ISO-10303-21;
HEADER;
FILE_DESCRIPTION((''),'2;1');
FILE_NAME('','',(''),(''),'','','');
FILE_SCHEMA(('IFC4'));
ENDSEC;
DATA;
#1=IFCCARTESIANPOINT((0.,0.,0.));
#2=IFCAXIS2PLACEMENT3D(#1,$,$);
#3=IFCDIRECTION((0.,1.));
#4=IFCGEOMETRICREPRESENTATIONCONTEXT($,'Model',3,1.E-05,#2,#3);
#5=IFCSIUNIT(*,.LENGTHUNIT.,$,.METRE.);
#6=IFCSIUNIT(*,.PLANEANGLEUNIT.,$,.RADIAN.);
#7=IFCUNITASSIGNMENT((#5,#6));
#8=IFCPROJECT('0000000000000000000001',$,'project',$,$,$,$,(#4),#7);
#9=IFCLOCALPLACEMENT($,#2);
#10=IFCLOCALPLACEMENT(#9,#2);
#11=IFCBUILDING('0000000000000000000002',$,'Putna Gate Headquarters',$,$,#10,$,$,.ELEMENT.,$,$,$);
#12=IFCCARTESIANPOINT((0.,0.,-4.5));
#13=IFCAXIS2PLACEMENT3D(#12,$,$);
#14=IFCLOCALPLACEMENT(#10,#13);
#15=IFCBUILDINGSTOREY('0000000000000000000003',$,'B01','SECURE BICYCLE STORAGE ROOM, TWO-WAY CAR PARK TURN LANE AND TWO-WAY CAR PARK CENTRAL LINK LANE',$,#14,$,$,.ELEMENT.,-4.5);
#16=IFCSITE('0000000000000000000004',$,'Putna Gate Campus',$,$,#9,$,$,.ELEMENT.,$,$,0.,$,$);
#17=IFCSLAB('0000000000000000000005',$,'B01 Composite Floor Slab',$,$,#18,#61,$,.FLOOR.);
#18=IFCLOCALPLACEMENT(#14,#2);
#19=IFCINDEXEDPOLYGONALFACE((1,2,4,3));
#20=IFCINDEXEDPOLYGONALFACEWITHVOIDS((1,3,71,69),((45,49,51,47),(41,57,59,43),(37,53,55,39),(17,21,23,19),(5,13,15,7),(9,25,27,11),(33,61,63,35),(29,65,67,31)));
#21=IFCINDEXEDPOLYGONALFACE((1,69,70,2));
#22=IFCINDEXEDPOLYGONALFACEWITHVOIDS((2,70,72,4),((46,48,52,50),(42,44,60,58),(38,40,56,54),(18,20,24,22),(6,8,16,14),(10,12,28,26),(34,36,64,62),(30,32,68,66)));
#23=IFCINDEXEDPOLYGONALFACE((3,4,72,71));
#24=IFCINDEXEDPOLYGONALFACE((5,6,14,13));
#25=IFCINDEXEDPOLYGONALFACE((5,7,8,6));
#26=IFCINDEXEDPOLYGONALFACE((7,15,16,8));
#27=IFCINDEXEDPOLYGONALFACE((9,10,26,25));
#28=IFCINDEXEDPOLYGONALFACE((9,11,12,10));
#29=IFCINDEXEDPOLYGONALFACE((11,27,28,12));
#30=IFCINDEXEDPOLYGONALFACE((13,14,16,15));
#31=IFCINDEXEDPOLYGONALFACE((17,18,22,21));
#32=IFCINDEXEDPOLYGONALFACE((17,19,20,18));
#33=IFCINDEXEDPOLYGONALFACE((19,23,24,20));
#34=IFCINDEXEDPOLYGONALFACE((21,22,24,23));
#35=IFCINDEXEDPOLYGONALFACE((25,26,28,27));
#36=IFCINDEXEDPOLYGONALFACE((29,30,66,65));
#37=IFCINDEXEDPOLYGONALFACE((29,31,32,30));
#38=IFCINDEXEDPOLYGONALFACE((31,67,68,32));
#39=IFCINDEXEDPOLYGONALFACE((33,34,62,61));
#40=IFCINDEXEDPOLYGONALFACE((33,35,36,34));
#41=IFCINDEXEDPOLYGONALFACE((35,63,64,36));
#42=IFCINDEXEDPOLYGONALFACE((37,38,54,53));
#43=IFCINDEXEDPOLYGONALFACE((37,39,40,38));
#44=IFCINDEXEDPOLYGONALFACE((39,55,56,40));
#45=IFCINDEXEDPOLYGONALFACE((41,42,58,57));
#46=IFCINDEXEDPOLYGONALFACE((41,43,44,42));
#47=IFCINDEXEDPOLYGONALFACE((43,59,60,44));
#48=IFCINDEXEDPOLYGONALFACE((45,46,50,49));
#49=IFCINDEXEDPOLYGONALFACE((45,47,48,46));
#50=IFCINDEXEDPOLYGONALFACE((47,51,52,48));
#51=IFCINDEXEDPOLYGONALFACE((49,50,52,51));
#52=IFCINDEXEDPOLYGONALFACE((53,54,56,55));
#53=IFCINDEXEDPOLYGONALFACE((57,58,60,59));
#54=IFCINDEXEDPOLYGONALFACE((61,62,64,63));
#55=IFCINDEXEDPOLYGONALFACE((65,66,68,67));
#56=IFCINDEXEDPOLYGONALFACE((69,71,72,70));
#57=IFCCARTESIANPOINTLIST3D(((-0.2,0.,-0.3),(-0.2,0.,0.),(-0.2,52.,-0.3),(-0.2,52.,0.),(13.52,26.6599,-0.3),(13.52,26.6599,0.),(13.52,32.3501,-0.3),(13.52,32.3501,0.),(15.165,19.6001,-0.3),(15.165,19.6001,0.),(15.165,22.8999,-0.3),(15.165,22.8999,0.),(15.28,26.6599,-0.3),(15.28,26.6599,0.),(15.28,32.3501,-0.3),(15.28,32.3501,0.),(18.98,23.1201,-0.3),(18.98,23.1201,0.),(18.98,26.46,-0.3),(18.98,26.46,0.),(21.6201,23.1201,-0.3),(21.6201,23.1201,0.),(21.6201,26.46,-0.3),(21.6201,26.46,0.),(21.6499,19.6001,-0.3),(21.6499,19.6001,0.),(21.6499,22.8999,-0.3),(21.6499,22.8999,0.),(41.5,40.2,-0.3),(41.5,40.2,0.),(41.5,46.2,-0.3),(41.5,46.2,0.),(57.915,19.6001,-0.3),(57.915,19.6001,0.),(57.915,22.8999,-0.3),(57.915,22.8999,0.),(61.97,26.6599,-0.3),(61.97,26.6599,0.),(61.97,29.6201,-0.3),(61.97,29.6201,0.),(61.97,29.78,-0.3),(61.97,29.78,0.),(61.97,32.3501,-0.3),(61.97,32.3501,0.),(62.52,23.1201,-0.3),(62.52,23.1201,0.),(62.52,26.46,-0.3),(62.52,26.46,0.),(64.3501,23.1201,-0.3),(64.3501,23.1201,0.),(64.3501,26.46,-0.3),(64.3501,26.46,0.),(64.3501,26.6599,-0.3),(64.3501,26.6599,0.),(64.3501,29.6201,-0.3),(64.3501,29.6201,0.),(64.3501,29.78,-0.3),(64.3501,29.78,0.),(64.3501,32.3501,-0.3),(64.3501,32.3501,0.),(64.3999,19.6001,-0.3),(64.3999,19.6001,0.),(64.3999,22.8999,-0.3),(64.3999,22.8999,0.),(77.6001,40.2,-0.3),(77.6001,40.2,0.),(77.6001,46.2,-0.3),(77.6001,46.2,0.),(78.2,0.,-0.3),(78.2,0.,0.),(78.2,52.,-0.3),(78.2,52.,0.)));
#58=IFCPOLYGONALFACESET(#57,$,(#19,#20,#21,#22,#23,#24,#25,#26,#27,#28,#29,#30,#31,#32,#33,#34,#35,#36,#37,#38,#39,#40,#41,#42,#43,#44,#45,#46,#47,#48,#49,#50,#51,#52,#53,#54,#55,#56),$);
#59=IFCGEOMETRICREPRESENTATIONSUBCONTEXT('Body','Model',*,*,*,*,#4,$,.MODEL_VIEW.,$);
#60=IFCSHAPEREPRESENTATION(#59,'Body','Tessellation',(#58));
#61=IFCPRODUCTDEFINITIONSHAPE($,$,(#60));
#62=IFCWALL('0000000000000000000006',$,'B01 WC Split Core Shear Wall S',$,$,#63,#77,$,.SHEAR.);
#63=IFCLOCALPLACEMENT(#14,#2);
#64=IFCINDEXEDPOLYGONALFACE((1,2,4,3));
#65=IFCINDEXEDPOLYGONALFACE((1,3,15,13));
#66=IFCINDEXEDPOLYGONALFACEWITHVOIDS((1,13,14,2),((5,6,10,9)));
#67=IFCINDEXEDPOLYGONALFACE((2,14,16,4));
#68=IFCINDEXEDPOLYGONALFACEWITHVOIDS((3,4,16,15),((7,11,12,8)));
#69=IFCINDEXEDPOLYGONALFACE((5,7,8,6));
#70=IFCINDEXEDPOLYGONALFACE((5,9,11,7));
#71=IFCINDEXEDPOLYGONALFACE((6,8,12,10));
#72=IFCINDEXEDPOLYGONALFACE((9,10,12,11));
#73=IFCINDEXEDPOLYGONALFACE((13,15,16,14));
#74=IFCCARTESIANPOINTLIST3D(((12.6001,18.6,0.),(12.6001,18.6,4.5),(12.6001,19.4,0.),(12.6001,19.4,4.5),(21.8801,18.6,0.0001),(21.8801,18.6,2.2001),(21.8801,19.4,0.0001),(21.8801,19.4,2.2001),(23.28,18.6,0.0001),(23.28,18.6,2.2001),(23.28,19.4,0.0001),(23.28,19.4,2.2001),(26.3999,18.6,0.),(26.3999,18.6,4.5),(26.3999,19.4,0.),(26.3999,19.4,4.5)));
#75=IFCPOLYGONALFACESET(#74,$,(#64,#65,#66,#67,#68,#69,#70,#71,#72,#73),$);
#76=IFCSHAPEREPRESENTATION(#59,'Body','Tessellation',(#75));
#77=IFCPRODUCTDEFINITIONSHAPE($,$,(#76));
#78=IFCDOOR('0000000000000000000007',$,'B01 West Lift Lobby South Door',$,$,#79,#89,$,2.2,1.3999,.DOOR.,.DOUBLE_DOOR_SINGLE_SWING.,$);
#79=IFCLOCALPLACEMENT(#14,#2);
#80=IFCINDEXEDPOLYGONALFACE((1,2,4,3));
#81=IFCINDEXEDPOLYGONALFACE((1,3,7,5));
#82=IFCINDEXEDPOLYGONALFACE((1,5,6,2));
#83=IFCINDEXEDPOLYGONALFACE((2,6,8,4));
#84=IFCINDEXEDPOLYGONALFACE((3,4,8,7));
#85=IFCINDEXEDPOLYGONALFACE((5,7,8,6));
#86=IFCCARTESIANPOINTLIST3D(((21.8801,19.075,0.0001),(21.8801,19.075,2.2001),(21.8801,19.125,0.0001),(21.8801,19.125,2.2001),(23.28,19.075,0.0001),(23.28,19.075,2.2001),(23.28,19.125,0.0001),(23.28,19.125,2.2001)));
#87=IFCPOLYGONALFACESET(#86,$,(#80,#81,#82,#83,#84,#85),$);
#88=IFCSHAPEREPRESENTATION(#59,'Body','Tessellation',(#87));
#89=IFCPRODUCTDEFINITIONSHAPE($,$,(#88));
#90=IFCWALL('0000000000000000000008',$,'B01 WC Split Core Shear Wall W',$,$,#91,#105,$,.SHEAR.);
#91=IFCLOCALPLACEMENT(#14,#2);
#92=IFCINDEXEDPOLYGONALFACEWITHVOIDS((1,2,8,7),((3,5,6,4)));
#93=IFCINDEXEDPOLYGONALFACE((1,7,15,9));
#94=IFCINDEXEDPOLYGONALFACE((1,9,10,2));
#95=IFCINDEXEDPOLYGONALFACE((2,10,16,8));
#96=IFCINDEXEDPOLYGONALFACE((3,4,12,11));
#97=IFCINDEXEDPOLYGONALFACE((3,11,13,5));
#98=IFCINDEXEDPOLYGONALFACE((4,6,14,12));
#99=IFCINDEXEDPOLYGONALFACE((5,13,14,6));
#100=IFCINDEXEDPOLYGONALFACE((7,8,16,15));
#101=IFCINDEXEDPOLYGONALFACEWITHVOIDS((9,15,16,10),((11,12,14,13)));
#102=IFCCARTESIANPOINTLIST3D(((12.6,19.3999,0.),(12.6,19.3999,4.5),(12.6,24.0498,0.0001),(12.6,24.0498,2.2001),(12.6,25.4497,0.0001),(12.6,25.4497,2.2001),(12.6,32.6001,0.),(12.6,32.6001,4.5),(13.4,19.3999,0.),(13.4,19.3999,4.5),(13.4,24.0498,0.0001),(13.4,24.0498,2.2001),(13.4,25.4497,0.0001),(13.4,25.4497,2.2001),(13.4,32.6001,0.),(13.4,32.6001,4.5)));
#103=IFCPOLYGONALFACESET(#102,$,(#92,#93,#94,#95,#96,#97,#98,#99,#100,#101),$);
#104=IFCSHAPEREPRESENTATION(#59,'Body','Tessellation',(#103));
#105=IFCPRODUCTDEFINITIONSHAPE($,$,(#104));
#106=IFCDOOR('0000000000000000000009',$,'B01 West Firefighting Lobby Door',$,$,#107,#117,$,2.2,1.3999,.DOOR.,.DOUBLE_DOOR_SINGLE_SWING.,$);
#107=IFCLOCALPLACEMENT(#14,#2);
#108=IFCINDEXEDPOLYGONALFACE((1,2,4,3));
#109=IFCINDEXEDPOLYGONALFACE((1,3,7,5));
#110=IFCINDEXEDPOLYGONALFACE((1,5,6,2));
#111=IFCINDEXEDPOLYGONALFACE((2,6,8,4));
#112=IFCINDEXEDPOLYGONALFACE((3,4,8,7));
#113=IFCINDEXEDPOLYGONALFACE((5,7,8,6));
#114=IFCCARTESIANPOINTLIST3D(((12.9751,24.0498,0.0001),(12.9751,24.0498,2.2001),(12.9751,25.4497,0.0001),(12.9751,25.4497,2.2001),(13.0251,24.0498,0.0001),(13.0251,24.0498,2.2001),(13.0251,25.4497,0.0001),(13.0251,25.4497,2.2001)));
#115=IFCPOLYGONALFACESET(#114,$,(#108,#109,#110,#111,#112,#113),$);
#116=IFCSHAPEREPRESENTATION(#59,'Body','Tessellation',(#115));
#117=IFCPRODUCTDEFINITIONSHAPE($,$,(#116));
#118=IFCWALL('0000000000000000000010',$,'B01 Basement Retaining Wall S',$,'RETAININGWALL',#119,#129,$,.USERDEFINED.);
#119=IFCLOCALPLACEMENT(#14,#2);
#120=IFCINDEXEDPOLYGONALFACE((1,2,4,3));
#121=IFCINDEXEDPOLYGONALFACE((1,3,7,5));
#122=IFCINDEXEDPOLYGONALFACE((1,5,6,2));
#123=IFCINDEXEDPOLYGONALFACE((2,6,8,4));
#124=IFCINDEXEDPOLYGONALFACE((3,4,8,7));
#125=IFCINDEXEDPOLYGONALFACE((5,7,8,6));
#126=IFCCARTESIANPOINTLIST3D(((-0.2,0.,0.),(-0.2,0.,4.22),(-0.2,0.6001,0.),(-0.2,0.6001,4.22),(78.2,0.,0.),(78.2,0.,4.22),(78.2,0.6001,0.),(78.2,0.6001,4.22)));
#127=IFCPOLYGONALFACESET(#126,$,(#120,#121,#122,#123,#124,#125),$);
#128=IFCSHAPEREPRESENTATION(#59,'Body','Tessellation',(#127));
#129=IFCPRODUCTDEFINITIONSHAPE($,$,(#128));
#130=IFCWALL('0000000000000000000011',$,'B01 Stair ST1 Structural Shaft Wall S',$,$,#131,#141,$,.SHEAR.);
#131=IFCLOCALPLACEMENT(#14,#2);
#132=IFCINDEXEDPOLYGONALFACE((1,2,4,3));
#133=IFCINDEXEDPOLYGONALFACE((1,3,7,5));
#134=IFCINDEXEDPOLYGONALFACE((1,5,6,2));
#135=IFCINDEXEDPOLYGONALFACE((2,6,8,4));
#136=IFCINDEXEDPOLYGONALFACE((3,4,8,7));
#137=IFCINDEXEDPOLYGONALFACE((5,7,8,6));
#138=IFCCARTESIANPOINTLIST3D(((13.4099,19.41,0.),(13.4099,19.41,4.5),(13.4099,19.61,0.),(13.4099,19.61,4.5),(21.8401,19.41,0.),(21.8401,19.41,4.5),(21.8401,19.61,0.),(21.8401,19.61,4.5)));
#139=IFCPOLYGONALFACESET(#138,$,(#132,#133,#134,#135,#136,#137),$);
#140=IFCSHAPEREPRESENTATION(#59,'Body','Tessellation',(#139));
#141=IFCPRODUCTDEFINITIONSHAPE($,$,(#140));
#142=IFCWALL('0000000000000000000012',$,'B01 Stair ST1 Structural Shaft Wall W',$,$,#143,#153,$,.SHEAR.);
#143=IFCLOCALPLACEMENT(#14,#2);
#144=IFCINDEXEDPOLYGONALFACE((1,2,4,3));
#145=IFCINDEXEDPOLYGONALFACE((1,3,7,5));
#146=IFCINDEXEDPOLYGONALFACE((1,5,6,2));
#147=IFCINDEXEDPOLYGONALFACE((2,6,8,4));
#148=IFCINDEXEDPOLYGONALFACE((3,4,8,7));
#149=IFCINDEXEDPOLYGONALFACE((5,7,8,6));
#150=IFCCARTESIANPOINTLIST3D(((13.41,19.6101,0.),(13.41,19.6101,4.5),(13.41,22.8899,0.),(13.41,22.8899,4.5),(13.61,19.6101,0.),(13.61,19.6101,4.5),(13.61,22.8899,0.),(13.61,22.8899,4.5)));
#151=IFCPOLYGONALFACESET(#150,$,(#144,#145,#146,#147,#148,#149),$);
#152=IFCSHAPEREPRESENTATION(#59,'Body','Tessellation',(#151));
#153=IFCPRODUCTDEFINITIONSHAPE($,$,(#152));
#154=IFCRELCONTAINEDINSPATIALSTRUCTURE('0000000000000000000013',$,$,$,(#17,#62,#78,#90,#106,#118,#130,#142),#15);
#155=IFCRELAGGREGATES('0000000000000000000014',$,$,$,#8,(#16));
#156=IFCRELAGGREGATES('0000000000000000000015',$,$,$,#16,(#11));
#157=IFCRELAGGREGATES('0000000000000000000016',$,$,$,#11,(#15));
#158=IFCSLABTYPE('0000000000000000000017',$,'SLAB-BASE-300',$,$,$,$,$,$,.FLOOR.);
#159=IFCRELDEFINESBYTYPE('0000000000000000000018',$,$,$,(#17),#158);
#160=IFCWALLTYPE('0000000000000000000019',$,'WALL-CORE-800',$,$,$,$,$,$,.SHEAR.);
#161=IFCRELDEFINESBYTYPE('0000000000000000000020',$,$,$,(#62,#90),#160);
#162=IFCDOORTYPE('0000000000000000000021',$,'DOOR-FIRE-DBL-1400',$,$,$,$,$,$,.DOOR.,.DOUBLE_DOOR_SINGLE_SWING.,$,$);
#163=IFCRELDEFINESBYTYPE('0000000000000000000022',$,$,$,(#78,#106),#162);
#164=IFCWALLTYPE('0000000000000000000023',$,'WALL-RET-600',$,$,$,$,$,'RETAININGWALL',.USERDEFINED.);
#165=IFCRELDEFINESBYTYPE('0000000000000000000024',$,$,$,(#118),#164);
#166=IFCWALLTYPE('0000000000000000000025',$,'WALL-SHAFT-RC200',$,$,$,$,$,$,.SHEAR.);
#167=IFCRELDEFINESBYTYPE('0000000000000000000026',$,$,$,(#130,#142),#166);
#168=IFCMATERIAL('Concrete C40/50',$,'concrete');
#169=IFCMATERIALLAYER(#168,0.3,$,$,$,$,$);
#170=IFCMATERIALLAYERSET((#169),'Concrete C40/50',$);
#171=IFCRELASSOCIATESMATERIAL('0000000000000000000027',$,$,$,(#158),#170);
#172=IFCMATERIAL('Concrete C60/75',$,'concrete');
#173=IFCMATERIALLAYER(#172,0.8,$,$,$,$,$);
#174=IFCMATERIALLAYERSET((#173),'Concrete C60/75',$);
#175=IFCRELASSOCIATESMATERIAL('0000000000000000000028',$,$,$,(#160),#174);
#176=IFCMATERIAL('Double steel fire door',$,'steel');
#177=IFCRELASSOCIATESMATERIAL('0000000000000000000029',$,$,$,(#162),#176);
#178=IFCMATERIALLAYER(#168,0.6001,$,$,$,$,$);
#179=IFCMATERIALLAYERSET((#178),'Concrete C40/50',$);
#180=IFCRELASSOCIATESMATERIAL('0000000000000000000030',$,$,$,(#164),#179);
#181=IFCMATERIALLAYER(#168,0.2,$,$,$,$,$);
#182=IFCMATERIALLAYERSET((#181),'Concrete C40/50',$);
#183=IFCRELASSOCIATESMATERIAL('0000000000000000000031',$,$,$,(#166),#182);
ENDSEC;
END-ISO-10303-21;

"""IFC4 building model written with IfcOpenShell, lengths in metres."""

from ifc_helpers import new_model, si_unit, direction, frame, frame_2d, origin, place, context, subcontext, project, spatial, polyline, rectangle, outline, extrude, material, layer, layer_set, type_object, element, fill, save


model = new_model("IFC4")

# Units and contexts
model_context = context("Model", 3, precision=1e-05, world=origin(), true_north=direction((0.0, 1.0)))
body_context = subcontext(model_context, "Body", "Model", "MODEL_VIEW")
ifc_project = project(units=[si_unit("LENGTHUNIT", "METRE"), si_unit("PLANEANGLEUNIT", "RADIAN")], contexts=[model_context])

# Site, building, storey
site_placement = place(None, origin())
site = spatial("IfcSite", under=ifc_project, at=site_placement, Name="Putna Gate Campus", CompositionType="ELEMENT", RefElevation=0.0)
building_placement = place(site_placement, origin())
building = spatial("IfcBuilding", under=site, at=building_placement, Name="Putna Gate Headquarters", CompositionType="ELEMENT")
storey_placement = place(building_placement, frame((0.0, 0.0, -4.5)))
storey = spatial("IfcBuildingStorey", under=building, at=storey_placement, Name="B01", Description="SECURE BICYCLE STORAGE ROOM, TWO-WAY CAR PARK TURN LANE AND TWO-WAY CAR PARK CENTRAL LINK LANE", CompositionType="ELEMENT", Elevation=-4.5)

# Shared definitions
ifc_material_1 = material(Name="Concrete C60/75", Category="concrete")

# Shared definitions
ifc_material_2 = material(Name="Concrete C40/50", Category="concrete")

# Slab
ifc_layer_1 = layer(ifc_material_2, 0.3)
ifc_layer_set_1 = layer_set([ifc_layer_1], Name="Concrete C40/50")
slab_type_1 = type_object("IfcSlabType", Name="SLAB-BASE-300", PredefinedType="FLOOR", material=ifc_layer_set_1)
slab_1_placement = place(storey_placement, frame((0.0, 0.0, -0.3)))
element("IfcSlab", 1, at=slab_1_placement, inside=storey, type_object=slab_type_1, Name="B01 Composite Floor Slab", PredefinedType="FLOOR", context=body_context, shape_type="SweptSolid", body=[
    extrude(outline(polyline([(-0.2, 0.0), (78.2, 0.0), (78.2, 52.0), (-0.2, 52.0), (-0.2, 0.0)]), holes=[polyline([(15.165, 19.6001), (21.6499, 19.6001), (21.6499, 22.8999), (15.165, 22.8999), (15.165, 19.6001)]), polyline([(57.915, 19.6001), (64.3999, 19.6001), (64.3999, 22.8999), (57.915, 22.8999), (57.915, 19.6001)]), polyline([(41.5, 40.2), (77.6001, 40.2), (77.6001, 46.2), (41.5, 46.2), (41.5, 40.2)]), polyline([(13.52, 26.6599), (15.28, 26.6599), (15.28, 32.3501), (13.52, 32.3501), (13.52, 26.6599)]), polyline([(61.97, 29.78), (64.3501, 29.78), (64.3501, 32.3501), (61.97, 32.3501), (61.97, 29.78)]), polyline([(18.98, 23.1201), (21.6201, 23.1201), (21.6201, 26.46), (18.98, 26.46), (18.98, 23.1201)]), polyline([(62.52, 23.1201), (64.3501, 23.1201), (64.3501, 26.46), (62.52, 26.46), (62.52, 23.1201)]), polyline([(61.97, 26.6599), (64.3501, 26.6599), (64.3501, 29.6201), (61.97, 29.6201), (61.97, 26.6599)])]), origin(), (0.0, 0.0, 1.0), 0.3),
])

# Walls, openings, doors
ifc_layer_2 = layer(ifc_material_1, 0.8)
ifc_layer_set_2 = layer_set([ifc_layer_2], Name="Concrete C60/75")
wall_type_1 = type_object("IfcWallType", Name="WALL-CORE-800", PredefinedType="SHEAR", material=ifc_layer_set_2)
wall_1_placement = place(storey_placement, frame((12.6001, 19.0, 0.0), z_axis=(0.0, 0.0, 1.0), x_axis=(1.0, 0.0, 0.0)))
wall_1 = element("IfcWall", 2, at=wall_1_placement, inside=storey, type_object=wall_type_1, Name="B01 WC Split Core Shear Wall S", PredefinedType="SHEAR", context=body_context, shape_type="SweptSolid", body=[
    extrude(rectangle(XDim=13.7998, YDim=0.8, at=frame_2d((6.8999, 0.0))), origin(), (0.0, 0.0, 1.0), 4.5),
])
opening_1_placement = place(wall_1_placement, frame((9.28, 0.0, 0.0)))
opening_1 = element("IfcOpeningElement", 3, at=opening_1_placement, cuts=wall_1, PredefinedType="OPENING", context=body_context, shape_type="SweptSolid", body=[
    extrude(rectangle(XDim=1.3999, YDim=2.2, at=frame_2d((0.7, 1.1001))), frame((0.0, 0.4099, 0.0), z_axis=(0.0, -1.0, 0.0), x_axis=(1.0, 0.0, 0.0)), (0.0, 0.0, 1.0), 0.8201),
])
ifc_material_3 = material(Name="Double steel fire door", Category="steel")
door_type = type_object("IfcDoorType", Name="DOOR-FIRE-DBL-1400", OperationType="DOUBLE_DOOR_SINGLE_SWING", PredefinedType="DOOR", material=ifc_material_3)
door_1_placement = place(opening_1_placement, origin())
door_1 = element("IfcDoor", 4, at=door_1_placement, inside=storey, type_object=door_type, Name="B01 West Lift Lobby South Door", OperationType="DOUBLE_DOOR_SINGLE_SWING", OverallHeight=2.2, OverallWidth=1.3999, PredefinedType="DOOR", context=body_context, shape_type="SweptSolid", body=[
    extrude(rectangle(XDim=1.3999, YDim=2.2, at=frame_2d((0.7, 1.1001))), frame((0.0, 0.125, 0.0), z_axis=(0.0, -1.0, 0.0), x_axis=(1.0, 0.0, 0.0)), (0.0, 0.0, 1.0), 0.05),
])
fill(opening_1, door_1)
wall_2_placement = place(storey_placement, frame((13.0, 19.3999, 0.0), z_axis=(0.0, 0.0, 1.0), x_axis=(0.0, 1.0, 0.0)))
wall_2 = element("IfcWall", 5, at=wall_2_placement, inside=storey, type_object=wall_type_1, Name="B01 WC Split Core Shear Wall W", PredefinedType="SHEAR", context=body_context, shape_type="SweptSolid", body=[
    extrude(rectangle(XDim=13.2002, YDim=0.8, at=frame_2d((6.6001, 0.0))), origin(), (0.0, 0.0, 1.0), 4.5),
])
opening_2_placement = place(wall_2_placement, frame((4.6499, 0.0, 0.0)))
opening_2 = element("IfcOpeningElement", 6, at=opening_2_placement, cuts=wall_2, PredefinedType="OPENING", context=body_context, shape_type="SweptSolid", body=[
    extrude(rectangle(XDim=1.3999, YDim=2.2, at=frame_2d((0.7, 1.1001))), frame((0.0, 0.4099, 0.0), z_axis=(0.0, -1.0, 0.0), x_axis=(1.0, 0.0, 0.0)), (0.0, 0.0, 1.0), 0.8201),
])
door_2_placement = place(opening_2_placement, origin())
door_2 = element("IfcDoor", 7, at=door_2_placement, inside=storey, type_object=door_type, Name="B01 West Firefighting Lobby Door", OperationType="DOUBLE_DOOR_SINGLE_SWING", OverallHeight=2.2, OverallWidth=1.3999, PredefinedType="DOOR", context=body_context, shape_type="SweptSolid", body=[
    extrude(rectangle(XDim=1.3999, YDim=2.2, at=frame_2d((0.7, 1.1001))), frame((0.0, 0.0249, 0.0), z_axis=(0.0, -1.0, 0.0), x_axis=(1.0, 0.0, 0.0)), (0.0, 0.0, 1.0), 0.05),
])
fill(opening_2, door_2)

# Walls
ifc_layer_3 = layer(ifc_material_2, 0.6001)
ifc_layer_set_3 = layer_set([ifc_layer_3], Name="Concrete C40/50")
wall_type_2 = type_object("IfcWallType", Name="WALL-RET-600", ElementType="RETAININGWALL", PredefinedType="USERDEFINED", material=ifc_layer_set_3)
wall_3_placement = place(storey_placement, frame((-0.2, 0.3, 0.0), z_axis=(0.0, 0.0, 1.0), x_axis=(1.0, 0.0, 0.0)))
element("IfcWall", 8, at=wall_3_placement, inside=storey, type_object=wall_type_2, Name="B01 Basement Retaining Wall S", ObjectType="RETAININGWALL", PredefinedType="USERDEFINED", context=body_context, shape_type="SweptSolid", body=[
    extrude(rectangle(XDim=78.3999, YDim=0.6001, at=frame_2d((39.2, 0.0))), origin(), (0.0, 0.0, 1.0), 4.22),
])
ifc_layer_4 = layer(ifc_material_2, 0.2)
ifc_layer_set_4 = layer_set([ifc_layer_4], Name="Concrete C40/50")
wall_type_3 = type_object("IfcWallType", Name="WALL-SHAFT-RC200", PredefinedType="SHEAR", material=ifc_layer_set_4)
wall_4_placement = place(storey_placement, frame((13.4099, 19.51, 0.0), z_axis=(0.0, 0.0, 1.0), x_axis=(1.0, 0.0, 0.0)))
element("IfcWall", 9, at=wall_4_placement, inside=storey, type_object=wall_type_3, Name="B01 Stair ST1 Structural Shaft Wall S", PredefinedType="SHEAR", context=body_context, shape_type="SweptSolid", body=[
    extrude(rectangle(XDim=8.4302, YDim=0.2, at=frame_2d((4.2151, 0.0))), origin(), (0.0, 0.0, 1.0), 4.5),
])
wall_5_placement = place(storey_placement, frame((13.51, 19.6101, 0.0), z_axis=(0.0, 0.0, 1.0), x_axis=(0.0, 1.0, 0.0)))
element("IfcWall", 10, at=wall_5_placement, inside=storey, type_object=wall_type_3, Name="B01 Stair ST1 Structural Shaft Wall W", PredefinedType="SHEAR", context=body_context, shape_type="SweptSolid", body=[
    extrude(rectangle(XDim=3.2798, YDim=0.2, at=frame_2d((1.6399, 0.0))), origin(), (0.0, 0.0, 1.0), 4.5),
])

save(model, "model.ifc")
